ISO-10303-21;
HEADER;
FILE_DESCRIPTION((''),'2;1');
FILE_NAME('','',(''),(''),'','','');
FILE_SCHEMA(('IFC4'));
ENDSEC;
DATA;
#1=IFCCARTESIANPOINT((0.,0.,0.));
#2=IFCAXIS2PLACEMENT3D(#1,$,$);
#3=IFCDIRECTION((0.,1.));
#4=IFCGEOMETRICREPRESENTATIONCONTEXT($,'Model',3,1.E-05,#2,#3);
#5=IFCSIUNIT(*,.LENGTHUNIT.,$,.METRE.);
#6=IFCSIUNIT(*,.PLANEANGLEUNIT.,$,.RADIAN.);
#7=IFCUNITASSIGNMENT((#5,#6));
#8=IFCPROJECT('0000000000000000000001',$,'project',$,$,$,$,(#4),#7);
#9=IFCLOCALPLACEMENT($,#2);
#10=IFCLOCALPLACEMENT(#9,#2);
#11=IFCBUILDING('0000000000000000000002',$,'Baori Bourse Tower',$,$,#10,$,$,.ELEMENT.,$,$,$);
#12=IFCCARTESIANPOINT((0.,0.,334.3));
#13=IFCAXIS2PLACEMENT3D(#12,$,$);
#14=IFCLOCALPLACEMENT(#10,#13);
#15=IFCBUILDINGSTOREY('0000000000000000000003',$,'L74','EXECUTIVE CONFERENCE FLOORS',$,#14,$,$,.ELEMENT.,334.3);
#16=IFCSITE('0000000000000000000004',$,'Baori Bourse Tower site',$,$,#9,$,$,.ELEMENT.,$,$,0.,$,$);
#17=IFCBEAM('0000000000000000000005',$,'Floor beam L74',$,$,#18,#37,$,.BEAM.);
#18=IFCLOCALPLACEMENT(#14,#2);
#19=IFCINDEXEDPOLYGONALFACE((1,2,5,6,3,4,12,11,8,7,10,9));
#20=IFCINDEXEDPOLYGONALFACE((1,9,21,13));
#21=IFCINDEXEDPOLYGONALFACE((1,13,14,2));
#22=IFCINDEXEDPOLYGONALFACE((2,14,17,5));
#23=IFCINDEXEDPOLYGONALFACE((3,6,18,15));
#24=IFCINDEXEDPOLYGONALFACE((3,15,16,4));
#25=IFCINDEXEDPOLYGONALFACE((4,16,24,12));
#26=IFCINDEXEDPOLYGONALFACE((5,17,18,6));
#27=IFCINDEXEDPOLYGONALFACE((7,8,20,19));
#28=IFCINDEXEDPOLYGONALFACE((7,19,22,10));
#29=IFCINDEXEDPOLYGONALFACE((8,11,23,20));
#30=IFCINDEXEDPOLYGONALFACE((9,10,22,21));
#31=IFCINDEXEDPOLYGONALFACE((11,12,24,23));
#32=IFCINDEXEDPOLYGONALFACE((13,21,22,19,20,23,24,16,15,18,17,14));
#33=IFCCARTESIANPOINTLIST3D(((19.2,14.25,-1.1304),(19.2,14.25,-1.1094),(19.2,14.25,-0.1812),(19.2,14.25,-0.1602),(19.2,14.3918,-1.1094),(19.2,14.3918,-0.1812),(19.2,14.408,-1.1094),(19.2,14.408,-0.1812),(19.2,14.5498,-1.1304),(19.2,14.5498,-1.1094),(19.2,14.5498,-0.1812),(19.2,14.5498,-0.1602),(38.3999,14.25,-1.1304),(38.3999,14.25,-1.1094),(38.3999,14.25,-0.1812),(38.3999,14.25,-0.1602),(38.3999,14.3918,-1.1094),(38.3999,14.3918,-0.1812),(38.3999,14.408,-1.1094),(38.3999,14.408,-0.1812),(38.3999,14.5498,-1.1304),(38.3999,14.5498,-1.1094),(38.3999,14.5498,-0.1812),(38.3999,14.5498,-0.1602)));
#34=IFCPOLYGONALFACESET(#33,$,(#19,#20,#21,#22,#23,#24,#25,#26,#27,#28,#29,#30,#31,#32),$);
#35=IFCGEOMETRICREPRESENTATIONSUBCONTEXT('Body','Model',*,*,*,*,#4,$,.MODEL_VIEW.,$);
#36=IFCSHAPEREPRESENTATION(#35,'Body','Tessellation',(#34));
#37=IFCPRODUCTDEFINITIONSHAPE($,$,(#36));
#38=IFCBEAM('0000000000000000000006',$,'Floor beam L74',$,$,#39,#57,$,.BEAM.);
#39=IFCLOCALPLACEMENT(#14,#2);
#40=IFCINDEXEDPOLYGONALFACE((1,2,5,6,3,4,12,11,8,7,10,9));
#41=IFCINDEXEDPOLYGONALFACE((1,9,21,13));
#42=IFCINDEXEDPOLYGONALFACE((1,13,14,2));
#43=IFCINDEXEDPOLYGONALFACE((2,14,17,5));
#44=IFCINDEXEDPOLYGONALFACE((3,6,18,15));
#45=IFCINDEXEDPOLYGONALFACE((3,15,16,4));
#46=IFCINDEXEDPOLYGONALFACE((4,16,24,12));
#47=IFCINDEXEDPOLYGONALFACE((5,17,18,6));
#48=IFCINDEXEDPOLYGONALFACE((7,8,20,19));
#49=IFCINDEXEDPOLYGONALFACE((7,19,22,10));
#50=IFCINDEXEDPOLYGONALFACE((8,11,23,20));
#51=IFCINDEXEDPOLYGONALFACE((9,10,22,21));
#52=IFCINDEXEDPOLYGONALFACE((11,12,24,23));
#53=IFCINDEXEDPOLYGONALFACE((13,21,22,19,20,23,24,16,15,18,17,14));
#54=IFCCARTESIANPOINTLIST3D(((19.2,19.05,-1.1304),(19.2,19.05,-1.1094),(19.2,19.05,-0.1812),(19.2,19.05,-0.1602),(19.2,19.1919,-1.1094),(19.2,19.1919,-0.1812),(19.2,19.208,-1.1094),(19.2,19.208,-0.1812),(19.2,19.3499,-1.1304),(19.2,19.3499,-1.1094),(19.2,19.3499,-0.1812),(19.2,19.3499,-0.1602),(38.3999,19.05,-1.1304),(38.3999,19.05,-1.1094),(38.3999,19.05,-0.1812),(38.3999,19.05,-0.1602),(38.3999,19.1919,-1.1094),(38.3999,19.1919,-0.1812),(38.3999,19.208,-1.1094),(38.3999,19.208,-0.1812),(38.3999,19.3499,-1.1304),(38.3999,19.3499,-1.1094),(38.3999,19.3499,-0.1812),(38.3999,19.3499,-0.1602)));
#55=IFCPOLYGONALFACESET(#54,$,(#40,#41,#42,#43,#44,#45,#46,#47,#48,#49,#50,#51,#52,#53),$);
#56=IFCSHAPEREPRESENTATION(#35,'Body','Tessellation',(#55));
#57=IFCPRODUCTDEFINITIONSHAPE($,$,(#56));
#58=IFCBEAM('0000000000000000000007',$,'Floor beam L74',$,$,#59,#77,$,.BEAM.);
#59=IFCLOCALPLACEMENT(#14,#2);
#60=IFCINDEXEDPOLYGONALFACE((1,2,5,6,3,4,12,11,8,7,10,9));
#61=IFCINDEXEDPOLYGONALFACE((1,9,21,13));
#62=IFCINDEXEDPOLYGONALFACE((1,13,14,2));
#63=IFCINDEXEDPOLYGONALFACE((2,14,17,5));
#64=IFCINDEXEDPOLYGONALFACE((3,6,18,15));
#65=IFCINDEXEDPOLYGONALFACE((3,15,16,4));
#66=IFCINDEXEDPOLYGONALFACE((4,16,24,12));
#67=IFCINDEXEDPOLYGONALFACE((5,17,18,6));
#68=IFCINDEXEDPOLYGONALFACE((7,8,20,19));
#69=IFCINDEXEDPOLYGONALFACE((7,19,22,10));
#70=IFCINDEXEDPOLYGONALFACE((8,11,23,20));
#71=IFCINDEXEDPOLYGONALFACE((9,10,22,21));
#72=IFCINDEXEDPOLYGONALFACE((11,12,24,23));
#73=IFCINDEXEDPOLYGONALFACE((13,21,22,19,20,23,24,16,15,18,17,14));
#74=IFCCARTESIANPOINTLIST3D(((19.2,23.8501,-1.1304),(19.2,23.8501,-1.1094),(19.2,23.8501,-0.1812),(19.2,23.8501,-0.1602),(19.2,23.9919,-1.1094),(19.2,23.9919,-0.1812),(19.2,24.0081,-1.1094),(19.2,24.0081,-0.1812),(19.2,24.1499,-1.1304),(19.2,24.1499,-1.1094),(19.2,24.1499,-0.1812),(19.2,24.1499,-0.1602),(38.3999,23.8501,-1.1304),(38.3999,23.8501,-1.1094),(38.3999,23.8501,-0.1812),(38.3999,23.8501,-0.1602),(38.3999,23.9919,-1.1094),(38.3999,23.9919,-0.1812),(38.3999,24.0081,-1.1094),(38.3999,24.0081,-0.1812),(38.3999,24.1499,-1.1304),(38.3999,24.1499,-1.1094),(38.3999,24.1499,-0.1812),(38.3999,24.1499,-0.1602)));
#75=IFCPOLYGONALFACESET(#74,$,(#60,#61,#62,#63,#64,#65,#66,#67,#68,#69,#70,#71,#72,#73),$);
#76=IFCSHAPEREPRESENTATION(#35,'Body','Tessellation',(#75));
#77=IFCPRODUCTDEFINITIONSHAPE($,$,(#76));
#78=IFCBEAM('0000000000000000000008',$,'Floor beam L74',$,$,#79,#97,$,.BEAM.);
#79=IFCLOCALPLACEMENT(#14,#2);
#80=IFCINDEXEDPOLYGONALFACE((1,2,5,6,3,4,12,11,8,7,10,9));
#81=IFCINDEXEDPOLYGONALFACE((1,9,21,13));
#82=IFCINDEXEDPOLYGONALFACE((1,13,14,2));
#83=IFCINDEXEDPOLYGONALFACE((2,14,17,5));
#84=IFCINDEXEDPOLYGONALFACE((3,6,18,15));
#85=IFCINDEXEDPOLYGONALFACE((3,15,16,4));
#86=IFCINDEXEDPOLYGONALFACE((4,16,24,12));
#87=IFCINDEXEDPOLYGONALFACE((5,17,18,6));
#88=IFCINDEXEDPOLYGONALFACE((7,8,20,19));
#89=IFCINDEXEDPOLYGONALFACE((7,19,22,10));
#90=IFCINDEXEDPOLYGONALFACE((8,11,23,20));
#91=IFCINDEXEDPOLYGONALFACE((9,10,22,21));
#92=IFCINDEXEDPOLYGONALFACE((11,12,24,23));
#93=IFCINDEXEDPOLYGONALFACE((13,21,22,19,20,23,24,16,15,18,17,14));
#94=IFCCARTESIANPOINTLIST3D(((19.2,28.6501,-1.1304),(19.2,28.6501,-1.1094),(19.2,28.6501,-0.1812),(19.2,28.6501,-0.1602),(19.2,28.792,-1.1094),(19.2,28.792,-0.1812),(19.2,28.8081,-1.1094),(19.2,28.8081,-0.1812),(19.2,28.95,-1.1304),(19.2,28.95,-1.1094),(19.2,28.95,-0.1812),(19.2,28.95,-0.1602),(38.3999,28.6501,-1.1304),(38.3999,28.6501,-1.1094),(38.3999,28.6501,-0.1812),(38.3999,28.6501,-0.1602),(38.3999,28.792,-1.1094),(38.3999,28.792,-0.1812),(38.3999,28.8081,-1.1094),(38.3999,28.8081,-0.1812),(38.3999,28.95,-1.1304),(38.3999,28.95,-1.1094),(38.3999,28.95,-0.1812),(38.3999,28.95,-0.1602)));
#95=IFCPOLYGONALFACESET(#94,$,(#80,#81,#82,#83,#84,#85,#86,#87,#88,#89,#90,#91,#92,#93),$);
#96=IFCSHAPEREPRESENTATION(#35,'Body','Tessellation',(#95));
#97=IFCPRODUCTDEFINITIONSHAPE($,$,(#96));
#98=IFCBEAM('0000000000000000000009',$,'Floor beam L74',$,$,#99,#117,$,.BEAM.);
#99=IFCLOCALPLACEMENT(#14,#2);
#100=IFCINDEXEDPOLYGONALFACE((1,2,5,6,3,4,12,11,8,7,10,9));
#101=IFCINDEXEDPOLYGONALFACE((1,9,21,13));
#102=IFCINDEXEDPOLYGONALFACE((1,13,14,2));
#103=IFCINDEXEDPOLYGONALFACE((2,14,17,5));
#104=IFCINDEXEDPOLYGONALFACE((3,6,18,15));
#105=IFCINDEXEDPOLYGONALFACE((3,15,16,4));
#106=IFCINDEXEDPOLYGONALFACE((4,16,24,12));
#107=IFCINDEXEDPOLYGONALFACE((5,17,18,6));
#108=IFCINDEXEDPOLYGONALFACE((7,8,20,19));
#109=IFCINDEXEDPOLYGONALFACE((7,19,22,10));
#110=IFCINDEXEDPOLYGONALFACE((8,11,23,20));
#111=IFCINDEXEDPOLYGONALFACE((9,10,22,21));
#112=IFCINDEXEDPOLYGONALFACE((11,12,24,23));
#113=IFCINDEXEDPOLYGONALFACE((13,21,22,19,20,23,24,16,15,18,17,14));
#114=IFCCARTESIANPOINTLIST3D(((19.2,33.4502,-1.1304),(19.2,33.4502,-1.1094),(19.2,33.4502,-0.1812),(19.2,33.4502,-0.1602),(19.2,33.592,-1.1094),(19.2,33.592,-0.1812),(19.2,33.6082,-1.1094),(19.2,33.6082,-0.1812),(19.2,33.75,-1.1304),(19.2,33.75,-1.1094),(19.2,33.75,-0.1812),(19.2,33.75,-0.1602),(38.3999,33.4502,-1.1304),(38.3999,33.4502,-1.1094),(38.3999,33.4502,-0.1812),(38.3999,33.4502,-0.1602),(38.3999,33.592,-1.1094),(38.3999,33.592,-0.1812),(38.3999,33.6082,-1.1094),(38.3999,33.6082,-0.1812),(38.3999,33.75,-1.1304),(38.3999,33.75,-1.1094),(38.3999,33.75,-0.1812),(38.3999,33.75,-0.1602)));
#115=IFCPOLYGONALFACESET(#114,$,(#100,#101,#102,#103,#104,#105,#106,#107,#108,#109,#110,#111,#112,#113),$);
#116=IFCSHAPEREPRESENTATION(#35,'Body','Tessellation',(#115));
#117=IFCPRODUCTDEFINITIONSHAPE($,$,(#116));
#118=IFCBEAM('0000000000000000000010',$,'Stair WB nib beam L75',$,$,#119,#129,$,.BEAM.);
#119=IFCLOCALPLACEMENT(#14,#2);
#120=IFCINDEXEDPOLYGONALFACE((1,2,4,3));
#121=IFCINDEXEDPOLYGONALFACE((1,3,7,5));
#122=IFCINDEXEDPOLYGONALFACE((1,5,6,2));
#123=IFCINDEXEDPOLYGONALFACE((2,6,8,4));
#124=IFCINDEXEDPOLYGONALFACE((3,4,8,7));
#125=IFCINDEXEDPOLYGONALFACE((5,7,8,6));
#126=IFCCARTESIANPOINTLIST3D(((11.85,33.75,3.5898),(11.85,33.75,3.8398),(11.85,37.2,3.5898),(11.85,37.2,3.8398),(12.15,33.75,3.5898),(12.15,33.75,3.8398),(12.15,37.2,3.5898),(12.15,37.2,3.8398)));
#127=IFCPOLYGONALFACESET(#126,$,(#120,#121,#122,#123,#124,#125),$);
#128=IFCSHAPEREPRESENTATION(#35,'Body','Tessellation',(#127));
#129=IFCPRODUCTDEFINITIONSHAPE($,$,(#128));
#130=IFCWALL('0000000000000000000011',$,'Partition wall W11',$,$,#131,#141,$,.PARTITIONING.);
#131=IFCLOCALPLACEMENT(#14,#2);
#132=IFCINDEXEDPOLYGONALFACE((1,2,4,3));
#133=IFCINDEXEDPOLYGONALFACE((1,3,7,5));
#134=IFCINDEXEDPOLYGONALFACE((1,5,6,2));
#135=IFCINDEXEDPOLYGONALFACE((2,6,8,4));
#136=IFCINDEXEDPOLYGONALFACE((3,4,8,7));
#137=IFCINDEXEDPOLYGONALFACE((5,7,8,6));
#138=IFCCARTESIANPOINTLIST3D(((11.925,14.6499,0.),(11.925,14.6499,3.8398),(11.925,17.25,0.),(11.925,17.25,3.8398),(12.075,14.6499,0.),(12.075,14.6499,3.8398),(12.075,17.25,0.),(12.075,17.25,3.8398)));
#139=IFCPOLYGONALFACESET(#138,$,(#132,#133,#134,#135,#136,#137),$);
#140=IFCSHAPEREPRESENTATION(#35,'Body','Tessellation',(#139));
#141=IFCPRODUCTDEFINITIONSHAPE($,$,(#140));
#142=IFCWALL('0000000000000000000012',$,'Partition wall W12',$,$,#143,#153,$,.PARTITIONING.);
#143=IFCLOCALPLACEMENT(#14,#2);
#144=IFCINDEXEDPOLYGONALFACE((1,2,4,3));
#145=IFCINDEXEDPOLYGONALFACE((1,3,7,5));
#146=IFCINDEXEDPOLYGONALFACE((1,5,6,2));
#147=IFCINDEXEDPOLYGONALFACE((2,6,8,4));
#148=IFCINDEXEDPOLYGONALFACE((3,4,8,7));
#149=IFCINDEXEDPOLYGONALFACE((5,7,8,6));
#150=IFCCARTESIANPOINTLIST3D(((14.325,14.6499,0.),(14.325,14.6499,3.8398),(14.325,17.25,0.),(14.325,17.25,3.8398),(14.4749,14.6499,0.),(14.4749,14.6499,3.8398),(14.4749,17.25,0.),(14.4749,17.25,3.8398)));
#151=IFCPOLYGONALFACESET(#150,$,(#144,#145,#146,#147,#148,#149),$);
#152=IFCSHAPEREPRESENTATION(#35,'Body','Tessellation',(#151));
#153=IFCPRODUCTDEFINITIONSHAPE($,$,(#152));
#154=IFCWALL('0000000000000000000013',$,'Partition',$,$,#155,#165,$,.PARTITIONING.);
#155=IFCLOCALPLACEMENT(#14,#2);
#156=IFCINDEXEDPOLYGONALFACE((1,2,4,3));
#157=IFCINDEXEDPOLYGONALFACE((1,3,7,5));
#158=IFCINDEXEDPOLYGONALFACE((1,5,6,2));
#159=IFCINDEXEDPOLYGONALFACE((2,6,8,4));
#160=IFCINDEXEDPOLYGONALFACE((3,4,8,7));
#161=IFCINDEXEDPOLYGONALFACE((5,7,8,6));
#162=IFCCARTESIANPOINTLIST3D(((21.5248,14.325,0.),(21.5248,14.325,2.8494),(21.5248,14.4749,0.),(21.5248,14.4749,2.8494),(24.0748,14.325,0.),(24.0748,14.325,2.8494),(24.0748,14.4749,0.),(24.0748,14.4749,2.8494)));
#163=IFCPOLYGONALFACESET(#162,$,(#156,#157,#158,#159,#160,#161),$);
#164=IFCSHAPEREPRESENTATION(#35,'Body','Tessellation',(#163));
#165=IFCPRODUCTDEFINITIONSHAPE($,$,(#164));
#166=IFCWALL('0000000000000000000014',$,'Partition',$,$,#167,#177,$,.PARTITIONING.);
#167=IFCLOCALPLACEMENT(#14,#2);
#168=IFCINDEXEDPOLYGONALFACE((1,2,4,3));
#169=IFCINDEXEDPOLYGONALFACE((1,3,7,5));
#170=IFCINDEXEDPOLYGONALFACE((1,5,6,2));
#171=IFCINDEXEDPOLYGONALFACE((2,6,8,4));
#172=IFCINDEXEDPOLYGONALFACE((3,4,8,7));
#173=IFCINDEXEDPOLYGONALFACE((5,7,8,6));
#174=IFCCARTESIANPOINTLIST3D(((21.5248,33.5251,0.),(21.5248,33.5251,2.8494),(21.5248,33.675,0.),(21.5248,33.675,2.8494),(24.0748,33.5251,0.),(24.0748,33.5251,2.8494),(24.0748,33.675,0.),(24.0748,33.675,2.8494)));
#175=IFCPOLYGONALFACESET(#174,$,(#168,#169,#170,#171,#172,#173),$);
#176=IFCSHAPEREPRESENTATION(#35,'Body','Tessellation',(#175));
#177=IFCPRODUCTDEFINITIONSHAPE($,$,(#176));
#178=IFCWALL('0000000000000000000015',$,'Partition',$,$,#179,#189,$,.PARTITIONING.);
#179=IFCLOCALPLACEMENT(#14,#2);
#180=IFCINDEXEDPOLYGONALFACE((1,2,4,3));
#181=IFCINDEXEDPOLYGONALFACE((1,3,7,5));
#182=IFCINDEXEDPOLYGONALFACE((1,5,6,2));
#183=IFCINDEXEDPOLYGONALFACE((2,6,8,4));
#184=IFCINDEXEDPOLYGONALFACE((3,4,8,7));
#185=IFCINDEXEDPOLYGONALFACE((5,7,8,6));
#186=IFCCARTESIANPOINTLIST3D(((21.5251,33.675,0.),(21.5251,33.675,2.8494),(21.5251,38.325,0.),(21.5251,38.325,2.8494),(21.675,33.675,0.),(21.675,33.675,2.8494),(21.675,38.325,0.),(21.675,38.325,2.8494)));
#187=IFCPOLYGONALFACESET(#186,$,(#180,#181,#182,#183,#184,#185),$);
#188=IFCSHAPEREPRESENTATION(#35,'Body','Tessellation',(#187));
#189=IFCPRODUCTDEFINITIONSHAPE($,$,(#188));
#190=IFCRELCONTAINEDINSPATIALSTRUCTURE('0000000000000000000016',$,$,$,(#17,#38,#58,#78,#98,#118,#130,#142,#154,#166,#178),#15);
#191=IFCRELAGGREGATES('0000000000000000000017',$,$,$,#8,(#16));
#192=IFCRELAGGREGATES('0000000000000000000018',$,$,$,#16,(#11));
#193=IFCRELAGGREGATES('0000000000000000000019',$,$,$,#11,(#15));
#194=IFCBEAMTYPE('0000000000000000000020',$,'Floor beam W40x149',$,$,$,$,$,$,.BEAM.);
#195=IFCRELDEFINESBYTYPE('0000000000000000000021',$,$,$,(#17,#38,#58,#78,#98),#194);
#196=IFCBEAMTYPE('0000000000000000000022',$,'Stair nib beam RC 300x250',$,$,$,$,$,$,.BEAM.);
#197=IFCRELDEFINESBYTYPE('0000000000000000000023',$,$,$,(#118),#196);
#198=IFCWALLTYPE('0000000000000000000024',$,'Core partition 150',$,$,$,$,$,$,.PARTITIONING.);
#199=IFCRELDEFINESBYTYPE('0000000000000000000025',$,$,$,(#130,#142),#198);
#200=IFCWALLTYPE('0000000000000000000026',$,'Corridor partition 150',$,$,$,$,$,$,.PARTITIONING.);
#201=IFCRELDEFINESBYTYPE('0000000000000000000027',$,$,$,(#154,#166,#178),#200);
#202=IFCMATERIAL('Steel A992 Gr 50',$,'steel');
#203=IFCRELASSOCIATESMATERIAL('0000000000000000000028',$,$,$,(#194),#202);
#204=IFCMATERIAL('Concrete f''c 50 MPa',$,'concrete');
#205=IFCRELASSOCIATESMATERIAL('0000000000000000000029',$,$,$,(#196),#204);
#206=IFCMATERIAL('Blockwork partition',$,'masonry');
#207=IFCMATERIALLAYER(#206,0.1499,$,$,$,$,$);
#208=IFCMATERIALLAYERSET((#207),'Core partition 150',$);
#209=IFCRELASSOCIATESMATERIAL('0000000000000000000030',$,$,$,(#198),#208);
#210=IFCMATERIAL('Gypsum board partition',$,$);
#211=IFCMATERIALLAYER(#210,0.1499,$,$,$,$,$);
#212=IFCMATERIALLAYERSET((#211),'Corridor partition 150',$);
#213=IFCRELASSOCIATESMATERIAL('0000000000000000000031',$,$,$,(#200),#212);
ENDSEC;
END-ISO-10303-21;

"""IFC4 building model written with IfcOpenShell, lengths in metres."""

from ifc_helpers import new_model, si_unit, direction, frame, frame_2d, origin, origin_2d, place, context, subcontext, project, spatial, rectangle, i_section, extrude, material, layer, layer_set, material_profile, profile_set, type_object, element, save


model = new_model("IFC4")

# Units and contexts
model_context = context("Model", 3, precision=1e-05, world=origin(), true_north=direction((0.0, 1.0)))
body_context = subcontext(model_context, "Body", "Model", "MODEL_VIEW")
ifc_project = project(units=[si_unit("LENGTHUNIT", "METRE"), si_unit("PLANEANGLEUNIT", "RADIAN")], contexts=[model_context])

# Site, building, storey
site_placement = place(None, origin())
site = spatial("IfcSite", under=ifc_project, at=site_placement, Name="Baori Bourse Tower site", CompositionType="ELEMENT", RefElevation=0.0)
building_placement = place(site_placement, origin())
building = spatial("IfcBuilding", under=site, at=building_placement, Name="Baori Bourse Tower", CompositionType="ELEMENT")
storey_placement = place(building_placement, frame((0.0, 0.0, 334.3)))
storey = spatial("IfcBuildingStorey", under=building, at=storey_placement, Name="L74", Description="EXECUTIVE CONFERENCE FLOORS", CompositionType="ELEMENT", Elevation=334.3)

# Beams
ifc_material_1 = material(Name="Steel A992 Gr 50", Category="steel")
ifc_material_profile_1 = material_profile(ifc_material_1, i_section(OverallWidth=0.2998, OverallDepth=0.9702, WebThickness=0.0161, FlangeThickness=0.021, at=origin_2d()), Name="W40x149")
ifc_profile_set_1 = profile_set([ifc_material_profile_1], Name="Steel A992 Gr 50")
beam_type_1 = type_object("IfcBeamType", Name="Floor beam W40x149", PredefinedType="BEAM", material=ifc_profile_set_1)
for number, where, z_axis, x_axis, name in (
    (1, (19.2, 14.3999, -0.6453), (1.0, 0.0, 0.0), (0.0, 1.0, 0.0), "Floor beam L74"),
    (2, (19.2, 19.2, -0.6453), (1.0, 0.0, 0.0), (0.0, 1.0, 0.0), "Floor beam L74"),
    (3, (19.2, 24.0, -0.6453), (1.0, 0.0, 0.0), (0.0, 1.0, 0.0), "Floor beam L74"),
    (4, (19.2, 28.8, -0.6453), (1.0, 0.0, 0.0), (0.0, 1.0, 0.0), "Floor beam L74"),
    (5, (19.2, 33.6001, -0.6453), (1.0, 0.0, 0.0), (0.0, 1.0, 0.0), "Floor beam L74"),
):
    element("IfcBeam", number, at=place(storey_placement, frame(where, z_axis=z_axis, x_axis=x_axis)), inside=storey, type_object=beam_type_1, Name=name, PredefinedType="BEAM", context=body_context, shape_type="SweptSolid", body=[
        extrude(i_section(OverallWidth=0.2998, OverallDepth=0.9702, WebThickness=0.0161, FlangeThickness=0.021, at=origin_2d()), origin(), (0.0, 0.0, 1.0), 19.2),
    ])
ifc_material_2 = material(Name="Concrete f'c 50 MPa", Category="concrete")
ifc_material_profile_2 = material_profile(ifc_material_2, rectangle(XDim=0.3, YDim=0.25, at=origin_2d()), Name="RC 300x250")
ifc_profile_set_2 = profile_set([ifc_material_profile_2], Name="Concrete f'c 50 MPa")
beam_type_2 = type_object("IfcBeamType", Name="Stair nib beam RC 300x250", PredefinedType="BEAM", material=ifc_profile_set_2)
beam_placement = place(storey_placement, frame((12.0, 33.75, 3.7148), z_axis=(0.0, 1.0, 0.0), x_axis=(-1.0, 0.0, 0.0)))
element("IfcBeam", 6, at=beam_placement, inside=storey, type_object=beam_type_2, Name="Stair WB nib beam L75", PredefinedType="BEAM", context=body_context, shape_type="SweptSolid", body=[
    extrude(rectangle(XDim=0.3, YDim=0.25, at=origin_2d()), origin(), (0.0, 0.0, 1.0), 3.45),
])

# Walls
ifc_material_3 = material(Name="Blockwork partition", Category="masonry")
ifc_layer_1 = layer(ifc_material_3, 0.1499)
ifc_layer_set_1 = layer_set([ifc_layer_1], Name="Core partition 150")
wall_type_1 = type_object("IfcWallType", Name="Core partition 150", PredefinedType="PARTITIONING", material=ifc_layer_set_1)
for number, where, z_axis, x_axis, name in (
    (7, (12.0, 14.6499, 0.0), (0.0, 0.0, 1.0), (0.0, 1.0, 0.0), "Partition wall W11"),
    (8, (14.3999, 14.6499, 0.0), (0.0, 0.0, 1.0), (0.0, 1.0, 0.0), "Partition wall W12"),
):
    element("IfcWall", number, at=place(storey_placement, frame(where, z_axis=z_axis, x_axis=x_axis)), inside=storey, type_object=wall_type_1, Name=name, PredefinedType="PARTITIONING", context=body_context, shape_type="SweptSolid", body=[
        extrude(rectangle(XDim=2.6001, YDim=0.1499, at=frame_2d((1.3, 0.0))), origin(), (0.0, 0.0, 1.0), 3.8398),
    ])
ifc_material_4 = material(Name="Gypsum board partition")
ifc_layer_2 = layer(ifc_material_4, 0.1499)
ifc_layer_set_2 = layer_set([ifc_layer_2], Name="Corridor partition 150")
wall_type_2 = type_object("IfcWallType", Name="Corridor partition 150", PredefinedType="PARTITIONING", material=ifc_layer_set_2)
for number, where, z_axis, x_axis, name in (
    (9, (21.5249, 14.3999, 0.0), (0.0, 0.0, 1.0), (1.0, 0.0, 0.0), "Partition"),
    (10, (21.5249, 33.6001, 0.0), (0.0, 0.0, 1.0), (1.0, 0.0, 0.0), "Partition"),
):
    element("IfcWall", number, at=place(storey_placement, frame(where, z_axis=z_axis, x_axis=x_axis)), inside=storey, type_object=wall_type_2, Name=name, PredefinedType="PARTITIONING", context=body_context, shape_type="SweptSolid", body=[
        extrude(rectangle(XDim=2.55, YDim=0.1499, at=frame_2d((1.2749, 0.0))), origin(), (0.0, 0.0, 1.0), 2.8494),
    ])
wall_1_placement = place(storey_placement, frame((21.6001, 33.675, 0.0), z_axis=(0.0, 0.0, 1.0), x_axis=(0.0, 1.0, 0.0)))
element("IfcWall", 11, at=wall_1_placement, inside=storey, type_object=wall_type_2, Name="Partition", PredefinedType="PARTITIONING", context=body_context, shape_type="SweptSolid", body=[
    extrude(rectangle(XDim=4.6499, YDim=0.1499, at=frame_2d((2.325, 0.0))), origin(), (0.0, 0.0, 1.0), 2.8494),
])

save(model, "model.ifc")
